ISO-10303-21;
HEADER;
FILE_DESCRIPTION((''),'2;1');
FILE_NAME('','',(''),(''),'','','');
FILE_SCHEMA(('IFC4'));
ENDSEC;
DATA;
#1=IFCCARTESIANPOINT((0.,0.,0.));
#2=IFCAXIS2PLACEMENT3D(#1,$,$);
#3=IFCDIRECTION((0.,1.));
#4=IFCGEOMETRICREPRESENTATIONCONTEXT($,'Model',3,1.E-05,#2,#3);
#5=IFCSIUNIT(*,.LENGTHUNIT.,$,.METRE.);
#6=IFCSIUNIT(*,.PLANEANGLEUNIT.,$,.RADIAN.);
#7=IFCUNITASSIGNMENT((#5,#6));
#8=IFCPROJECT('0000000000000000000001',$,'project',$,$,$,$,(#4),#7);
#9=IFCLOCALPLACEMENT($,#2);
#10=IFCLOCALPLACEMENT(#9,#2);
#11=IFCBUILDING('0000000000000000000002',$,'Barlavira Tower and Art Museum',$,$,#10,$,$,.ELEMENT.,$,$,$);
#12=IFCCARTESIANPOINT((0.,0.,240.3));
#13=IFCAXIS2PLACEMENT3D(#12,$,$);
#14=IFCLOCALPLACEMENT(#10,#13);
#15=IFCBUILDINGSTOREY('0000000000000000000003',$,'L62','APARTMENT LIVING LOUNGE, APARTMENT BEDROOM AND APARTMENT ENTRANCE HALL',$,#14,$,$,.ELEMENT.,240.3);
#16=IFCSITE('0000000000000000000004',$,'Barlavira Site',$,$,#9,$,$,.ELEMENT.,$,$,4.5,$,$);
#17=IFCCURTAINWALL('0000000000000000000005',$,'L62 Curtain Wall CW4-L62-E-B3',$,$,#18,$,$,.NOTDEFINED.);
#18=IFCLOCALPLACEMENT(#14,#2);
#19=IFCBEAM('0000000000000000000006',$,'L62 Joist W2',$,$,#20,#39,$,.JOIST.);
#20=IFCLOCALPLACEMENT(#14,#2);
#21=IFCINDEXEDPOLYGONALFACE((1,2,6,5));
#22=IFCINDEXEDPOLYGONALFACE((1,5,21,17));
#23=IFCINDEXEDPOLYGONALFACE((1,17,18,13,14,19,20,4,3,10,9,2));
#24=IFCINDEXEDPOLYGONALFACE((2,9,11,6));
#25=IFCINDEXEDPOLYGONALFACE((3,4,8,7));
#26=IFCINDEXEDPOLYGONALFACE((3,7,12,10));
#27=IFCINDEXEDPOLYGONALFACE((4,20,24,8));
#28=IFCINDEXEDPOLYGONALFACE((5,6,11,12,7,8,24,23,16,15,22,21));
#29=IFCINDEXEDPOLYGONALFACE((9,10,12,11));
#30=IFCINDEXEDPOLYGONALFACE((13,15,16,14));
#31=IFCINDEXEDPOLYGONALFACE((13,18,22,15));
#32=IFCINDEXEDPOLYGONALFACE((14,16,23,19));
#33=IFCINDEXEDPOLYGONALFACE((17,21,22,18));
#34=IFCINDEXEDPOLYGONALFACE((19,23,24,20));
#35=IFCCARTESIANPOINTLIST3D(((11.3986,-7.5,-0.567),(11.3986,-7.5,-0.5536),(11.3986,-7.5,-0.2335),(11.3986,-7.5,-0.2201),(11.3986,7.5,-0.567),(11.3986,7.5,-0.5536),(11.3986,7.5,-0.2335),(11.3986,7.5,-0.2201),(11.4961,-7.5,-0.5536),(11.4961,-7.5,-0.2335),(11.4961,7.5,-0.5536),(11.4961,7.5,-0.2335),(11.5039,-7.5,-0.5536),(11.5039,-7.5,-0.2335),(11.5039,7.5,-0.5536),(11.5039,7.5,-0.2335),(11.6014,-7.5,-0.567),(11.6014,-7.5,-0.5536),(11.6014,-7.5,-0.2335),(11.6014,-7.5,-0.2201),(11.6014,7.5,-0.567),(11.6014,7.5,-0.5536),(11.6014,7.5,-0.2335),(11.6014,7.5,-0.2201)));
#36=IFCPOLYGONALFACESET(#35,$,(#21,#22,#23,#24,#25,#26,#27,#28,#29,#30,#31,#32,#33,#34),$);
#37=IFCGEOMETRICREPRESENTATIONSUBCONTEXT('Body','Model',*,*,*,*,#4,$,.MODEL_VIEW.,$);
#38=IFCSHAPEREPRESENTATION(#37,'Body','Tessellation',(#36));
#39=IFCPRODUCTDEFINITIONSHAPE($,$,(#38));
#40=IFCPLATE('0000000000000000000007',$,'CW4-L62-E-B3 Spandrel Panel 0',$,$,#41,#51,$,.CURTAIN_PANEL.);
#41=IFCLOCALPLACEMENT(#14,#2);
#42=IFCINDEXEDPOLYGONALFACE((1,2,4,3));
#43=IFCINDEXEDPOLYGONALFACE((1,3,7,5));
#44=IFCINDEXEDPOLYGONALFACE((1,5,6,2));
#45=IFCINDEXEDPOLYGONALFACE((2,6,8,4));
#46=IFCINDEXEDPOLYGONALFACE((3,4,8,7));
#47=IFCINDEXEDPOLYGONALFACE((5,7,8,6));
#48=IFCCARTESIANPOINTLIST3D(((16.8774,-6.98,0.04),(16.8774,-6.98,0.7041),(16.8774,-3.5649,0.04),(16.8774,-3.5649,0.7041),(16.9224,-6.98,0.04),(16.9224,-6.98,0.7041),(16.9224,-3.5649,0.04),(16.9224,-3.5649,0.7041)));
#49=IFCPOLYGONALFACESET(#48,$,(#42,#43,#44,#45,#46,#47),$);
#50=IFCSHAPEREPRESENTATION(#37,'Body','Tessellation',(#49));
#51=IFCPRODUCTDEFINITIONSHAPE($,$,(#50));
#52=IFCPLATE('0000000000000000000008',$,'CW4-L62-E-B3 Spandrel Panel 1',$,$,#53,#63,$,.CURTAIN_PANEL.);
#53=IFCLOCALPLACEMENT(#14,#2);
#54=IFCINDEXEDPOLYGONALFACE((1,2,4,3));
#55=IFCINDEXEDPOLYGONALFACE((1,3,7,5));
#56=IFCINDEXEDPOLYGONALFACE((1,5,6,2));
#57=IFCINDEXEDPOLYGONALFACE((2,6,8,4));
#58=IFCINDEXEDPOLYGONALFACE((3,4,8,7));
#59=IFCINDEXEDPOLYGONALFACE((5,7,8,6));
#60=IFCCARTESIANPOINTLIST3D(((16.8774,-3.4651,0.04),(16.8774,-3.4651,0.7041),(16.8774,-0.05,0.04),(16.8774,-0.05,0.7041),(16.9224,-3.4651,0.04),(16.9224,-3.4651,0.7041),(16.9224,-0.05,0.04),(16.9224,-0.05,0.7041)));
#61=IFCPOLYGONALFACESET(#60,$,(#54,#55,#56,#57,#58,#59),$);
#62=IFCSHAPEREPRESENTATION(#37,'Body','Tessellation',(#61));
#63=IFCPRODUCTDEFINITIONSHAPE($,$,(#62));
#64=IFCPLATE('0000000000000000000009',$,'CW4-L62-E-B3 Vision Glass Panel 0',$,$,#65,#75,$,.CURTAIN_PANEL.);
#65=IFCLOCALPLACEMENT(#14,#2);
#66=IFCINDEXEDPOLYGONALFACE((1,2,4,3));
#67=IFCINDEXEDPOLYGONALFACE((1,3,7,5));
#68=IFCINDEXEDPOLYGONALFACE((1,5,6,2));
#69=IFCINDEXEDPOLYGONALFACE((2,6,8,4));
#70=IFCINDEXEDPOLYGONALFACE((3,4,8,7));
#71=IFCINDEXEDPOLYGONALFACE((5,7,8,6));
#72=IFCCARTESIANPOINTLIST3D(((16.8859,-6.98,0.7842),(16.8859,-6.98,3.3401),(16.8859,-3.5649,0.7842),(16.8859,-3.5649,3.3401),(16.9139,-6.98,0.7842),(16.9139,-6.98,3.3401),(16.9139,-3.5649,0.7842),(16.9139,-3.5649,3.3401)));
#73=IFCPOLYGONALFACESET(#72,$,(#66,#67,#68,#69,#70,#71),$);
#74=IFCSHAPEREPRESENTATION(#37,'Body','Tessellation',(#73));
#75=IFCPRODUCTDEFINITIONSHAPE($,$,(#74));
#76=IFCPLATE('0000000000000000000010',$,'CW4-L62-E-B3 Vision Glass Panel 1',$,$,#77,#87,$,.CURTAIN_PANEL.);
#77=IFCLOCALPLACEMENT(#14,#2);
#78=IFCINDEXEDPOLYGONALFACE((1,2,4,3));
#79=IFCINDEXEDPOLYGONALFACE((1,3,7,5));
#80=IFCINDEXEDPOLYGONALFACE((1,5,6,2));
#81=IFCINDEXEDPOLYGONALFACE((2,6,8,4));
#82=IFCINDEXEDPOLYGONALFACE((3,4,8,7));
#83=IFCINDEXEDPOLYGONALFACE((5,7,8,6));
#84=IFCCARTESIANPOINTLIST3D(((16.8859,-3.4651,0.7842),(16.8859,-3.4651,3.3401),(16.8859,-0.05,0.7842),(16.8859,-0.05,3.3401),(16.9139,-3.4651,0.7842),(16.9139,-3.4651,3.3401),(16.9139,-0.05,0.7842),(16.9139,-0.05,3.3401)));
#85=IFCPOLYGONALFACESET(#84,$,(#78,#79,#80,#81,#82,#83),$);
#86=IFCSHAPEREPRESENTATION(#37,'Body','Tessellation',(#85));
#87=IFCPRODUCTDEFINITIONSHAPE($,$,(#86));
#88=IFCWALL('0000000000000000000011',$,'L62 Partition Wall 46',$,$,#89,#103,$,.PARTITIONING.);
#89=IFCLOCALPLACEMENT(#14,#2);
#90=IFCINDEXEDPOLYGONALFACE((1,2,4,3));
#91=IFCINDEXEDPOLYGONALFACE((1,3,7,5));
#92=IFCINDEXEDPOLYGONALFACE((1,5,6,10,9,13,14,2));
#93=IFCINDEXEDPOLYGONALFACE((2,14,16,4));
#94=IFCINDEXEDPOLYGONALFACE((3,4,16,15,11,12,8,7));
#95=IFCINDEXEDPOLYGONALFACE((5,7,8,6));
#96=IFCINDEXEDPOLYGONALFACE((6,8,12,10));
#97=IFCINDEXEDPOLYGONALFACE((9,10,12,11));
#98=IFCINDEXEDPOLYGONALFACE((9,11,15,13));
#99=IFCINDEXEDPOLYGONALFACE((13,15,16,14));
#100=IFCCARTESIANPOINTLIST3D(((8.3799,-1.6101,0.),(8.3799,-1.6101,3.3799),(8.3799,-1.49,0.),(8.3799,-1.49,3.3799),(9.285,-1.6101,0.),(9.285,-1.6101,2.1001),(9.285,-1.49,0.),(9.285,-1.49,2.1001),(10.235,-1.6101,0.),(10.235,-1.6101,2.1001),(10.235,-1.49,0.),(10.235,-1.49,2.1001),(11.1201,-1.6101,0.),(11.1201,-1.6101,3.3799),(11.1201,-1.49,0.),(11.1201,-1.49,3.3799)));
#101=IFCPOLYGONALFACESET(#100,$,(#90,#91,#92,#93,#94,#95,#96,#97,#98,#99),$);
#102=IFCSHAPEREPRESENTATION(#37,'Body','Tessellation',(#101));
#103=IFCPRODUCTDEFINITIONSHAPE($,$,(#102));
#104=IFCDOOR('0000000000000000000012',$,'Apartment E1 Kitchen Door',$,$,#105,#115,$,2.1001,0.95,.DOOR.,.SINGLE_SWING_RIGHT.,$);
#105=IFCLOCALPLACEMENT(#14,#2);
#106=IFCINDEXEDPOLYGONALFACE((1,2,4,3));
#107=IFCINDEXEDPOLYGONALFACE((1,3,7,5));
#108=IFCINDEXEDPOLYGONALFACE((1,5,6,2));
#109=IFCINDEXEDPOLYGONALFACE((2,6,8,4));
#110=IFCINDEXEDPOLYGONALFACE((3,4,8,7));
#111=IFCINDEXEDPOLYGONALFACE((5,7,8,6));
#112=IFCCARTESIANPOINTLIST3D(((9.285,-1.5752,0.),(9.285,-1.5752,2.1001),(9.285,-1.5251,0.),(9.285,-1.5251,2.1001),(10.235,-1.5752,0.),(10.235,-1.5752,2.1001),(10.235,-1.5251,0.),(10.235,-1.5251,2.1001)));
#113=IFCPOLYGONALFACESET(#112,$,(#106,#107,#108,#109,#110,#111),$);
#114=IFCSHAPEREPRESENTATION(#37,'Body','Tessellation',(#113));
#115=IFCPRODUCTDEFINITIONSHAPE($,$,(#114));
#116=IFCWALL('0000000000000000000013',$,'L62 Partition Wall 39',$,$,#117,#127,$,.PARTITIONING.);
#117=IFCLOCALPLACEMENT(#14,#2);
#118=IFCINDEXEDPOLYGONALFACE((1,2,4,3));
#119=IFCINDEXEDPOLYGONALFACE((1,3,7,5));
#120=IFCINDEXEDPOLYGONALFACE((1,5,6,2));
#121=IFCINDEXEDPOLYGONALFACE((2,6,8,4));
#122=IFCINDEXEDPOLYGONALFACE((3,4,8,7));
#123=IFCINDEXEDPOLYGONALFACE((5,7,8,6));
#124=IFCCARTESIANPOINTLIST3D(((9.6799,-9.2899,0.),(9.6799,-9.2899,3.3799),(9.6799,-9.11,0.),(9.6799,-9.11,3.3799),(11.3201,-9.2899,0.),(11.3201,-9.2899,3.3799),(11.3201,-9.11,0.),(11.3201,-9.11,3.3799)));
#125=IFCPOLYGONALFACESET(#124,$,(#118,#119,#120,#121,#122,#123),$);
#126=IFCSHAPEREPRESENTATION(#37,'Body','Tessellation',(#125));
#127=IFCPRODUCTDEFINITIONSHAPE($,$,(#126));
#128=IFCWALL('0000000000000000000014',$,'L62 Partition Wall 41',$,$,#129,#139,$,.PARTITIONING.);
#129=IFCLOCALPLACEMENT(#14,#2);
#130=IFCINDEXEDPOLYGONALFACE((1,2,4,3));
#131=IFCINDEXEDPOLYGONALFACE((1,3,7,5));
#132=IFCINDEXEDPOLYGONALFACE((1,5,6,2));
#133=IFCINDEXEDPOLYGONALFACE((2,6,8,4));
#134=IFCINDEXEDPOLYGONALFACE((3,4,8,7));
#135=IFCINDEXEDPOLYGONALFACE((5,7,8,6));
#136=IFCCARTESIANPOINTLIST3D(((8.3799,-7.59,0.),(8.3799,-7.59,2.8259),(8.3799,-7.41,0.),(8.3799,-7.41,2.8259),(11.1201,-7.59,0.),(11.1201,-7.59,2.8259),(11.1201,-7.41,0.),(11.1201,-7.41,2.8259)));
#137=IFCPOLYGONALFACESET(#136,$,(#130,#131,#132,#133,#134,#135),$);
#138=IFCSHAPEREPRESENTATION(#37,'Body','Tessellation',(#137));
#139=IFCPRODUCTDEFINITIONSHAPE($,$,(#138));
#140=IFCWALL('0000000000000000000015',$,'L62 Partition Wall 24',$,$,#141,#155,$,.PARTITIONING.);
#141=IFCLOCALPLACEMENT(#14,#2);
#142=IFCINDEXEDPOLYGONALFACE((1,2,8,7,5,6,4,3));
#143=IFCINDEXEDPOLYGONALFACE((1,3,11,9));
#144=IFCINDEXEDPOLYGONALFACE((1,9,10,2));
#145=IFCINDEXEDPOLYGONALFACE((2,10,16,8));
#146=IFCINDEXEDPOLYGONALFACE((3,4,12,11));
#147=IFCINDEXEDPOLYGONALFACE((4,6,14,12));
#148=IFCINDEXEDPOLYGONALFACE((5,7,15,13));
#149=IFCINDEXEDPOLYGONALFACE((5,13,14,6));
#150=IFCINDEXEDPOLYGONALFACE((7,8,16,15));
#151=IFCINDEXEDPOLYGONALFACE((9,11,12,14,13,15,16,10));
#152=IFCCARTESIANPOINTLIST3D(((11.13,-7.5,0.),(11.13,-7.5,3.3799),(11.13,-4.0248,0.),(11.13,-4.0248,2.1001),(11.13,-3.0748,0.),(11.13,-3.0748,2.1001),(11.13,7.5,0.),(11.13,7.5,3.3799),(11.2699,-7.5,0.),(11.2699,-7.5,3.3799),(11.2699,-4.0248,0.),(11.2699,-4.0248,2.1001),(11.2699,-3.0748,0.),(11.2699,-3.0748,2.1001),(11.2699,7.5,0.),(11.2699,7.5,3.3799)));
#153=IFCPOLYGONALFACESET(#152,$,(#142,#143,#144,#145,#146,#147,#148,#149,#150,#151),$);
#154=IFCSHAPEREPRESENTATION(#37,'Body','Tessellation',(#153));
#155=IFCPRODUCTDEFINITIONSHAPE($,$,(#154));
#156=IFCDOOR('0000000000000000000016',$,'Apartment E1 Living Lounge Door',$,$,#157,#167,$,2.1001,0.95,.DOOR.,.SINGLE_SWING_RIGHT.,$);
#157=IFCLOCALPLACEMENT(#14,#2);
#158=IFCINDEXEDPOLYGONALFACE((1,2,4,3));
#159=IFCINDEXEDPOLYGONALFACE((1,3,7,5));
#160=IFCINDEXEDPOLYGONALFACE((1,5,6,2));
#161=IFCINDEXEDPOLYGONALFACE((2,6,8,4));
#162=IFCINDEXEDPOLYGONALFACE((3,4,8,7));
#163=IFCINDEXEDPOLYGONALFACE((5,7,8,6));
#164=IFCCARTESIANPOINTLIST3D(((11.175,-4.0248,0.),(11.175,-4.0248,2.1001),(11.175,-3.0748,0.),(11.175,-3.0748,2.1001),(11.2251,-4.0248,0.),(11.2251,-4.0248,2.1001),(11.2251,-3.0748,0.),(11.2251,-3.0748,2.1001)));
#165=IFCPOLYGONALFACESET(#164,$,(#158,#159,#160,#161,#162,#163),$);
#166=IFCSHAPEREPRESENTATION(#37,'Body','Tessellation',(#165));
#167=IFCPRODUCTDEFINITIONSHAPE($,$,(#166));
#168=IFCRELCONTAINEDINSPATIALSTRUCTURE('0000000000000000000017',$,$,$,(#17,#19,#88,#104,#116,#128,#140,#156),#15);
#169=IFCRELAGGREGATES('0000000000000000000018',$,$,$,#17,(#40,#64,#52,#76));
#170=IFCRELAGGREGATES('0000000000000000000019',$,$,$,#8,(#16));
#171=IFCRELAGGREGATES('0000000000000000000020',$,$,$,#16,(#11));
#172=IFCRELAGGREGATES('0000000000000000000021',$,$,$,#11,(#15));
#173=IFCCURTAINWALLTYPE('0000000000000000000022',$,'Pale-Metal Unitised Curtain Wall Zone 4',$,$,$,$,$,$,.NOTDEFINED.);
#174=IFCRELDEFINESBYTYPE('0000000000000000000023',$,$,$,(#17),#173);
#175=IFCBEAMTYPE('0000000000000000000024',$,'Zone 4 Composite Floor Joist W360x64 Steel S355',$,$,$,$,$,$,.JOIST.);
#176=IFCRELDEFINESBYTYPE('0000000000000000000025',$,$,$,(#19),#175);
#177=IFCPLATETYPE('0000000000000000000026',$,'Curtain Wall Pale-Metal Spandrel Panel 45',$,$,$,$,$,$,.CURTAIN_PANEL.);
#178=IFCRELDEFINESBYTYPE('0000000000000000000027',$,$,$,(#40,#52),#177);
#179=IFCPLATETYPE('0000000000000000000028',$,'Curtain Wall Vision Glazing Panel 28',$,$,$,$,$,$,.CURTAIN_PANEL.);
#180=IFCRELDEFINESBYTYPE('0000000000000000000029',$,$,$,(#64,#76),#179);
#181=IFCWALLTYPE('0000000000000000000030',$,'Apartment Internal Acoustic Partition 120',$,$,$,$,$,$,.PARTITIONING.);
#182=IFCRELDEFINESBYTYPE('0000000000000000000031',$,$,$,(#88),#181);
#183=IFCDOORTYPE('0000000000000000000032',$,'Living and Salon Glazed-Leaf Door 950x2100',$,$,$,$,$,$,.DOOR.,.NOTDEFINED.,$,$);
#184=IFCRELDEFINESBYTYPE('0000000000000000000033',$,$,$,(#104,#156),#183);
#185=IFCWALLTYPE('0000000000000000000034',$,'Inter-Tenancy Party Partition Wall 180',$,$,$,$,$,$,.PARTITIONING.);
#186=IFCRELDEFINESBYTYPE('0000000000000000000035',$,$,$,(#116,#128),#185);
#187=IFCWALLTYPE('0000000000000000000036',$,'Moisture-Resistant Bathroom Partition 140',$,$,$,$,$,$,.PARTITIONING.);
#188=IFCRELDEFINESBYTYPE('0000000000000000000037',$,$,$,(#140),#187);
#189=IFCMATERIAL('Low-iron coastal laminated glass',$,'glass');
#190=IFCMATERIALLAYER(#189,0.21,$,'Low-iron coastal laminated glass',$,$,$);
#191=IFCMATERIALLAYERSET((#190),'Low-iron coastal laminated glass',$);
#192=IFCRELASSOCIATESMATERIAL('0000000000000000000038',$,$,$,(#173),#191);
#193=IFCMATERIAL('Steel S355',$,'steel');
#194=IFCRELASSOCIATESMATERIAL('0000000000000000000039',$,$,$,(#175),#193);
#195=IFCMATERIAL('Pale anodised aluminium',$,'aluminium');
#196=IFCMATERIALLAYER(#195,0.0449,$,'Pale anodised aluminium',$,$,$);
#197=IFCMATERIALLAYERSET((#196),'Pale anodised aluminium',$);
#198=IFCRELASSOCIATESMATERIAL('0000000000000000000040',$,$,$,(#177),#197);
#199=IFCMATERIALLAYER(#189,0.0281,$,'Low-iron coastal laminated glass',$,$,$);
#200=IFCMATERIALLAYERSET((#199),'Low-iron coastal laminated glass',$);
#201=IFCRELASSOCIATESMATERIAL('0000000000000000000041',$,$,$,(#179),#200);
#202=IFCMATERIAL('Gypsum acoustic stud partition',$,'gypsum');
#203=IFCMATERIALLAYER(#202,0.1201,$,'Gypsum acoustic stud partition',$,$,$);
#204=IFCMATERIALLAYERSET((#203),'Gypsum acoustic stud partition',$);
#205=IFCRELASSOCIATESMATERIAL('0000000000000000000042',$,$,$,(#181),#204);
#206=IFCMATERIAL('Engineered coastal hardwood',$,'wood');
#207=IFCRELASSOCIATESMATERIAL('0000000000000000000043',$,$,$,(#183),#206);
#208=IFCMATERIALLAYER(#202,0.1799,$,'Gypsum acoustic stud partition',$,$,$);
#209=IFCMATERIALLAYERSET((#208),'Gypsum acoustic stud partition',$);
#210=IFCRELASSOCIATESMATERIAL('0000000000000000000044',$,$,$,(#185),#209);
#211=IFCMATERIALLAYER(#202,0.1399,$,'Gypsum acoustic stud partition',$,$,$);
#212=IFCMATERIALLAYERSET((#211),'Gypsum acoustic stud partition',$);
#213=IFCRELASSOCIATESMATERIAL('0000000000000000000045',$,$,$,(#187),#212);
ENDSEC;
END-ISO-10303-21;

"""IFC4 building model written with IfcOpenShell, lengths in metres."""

from ifc_helpers import new_model, si_unit, direction, frame, frame_2d, origin, origin_2d, place, context, subcontext, project, spatial, rectangle, i_section, extrude, material, layer, layer_set, material_profile, profile_set, type_object, element, fill, aggregate, save


model = new_model("IFC4")

# Units and contexts
model_context = context("Model", 3, precision=1e-05, world=origin(), true_north=direction((0.0, 1.0)))
body_context = subcontext(model_context, "Body", "Model", "MODEL_VIEW")
ifc_project = project(units=[si_unit("LENGTHUNIT", "METRE"), si_unit("PLANEANGLEUNIT", "RADIAN")], contexts=[model_context])

# Site, building, storey
site_placement = place(None, origin())
site = spatial("IfcSite", under=ifc_project, at=site_placement, Name="Barlavira Site", CompositionType="ELEMENT", RefElevation=4.5)
building_placement = place(site_placement, origin())
building = spatial("IfcBuilding", under=site, at=building_placement, Name="Barlavira Tower and Art Museum", CompositionType="ELEMENT")
storey_placement = place(building_placement, frame((0.0, 0.0, 240.3)))
storey = spatial("IfcBuildingStorey", under=building, at=storey_placement, Name="L62", Description="APARTMENT LIVING LOUNGE, APARTMENT BEDROOM AND APARTMENT ENTRANCE HALL", CompositionType="ELEMENT", Elevation=240.3)

# Curtain wall
ifc_material_1 = material(Name="Low-iron coastal laminated glass", Category="glass")
ifc_layer_1 = layer(ifc_material_1, 0.21, Name="Low-iron coastal laminated glass")
ifc_layer_set_1 = layer_set([ifc_layer_1], Name="Low-iron coastal laminated glass")
curtain_wall_type = type_object("IfcCurtainWallType", Name="Pale-Metal Unitised Curtain Wall Zone 4", PredefinedType="NOTDEFINED", material=ifc_layer_set_1)
curtain_wall_placement = place(storey_placement, origin())
curtain_wall = element("IfcCurtainWall", 1, at=curtain_wall_placement, inside=storey, type_object=curtain_wall_type, Name="L62 Curtain Wall CW4-L62-E-B3", PredefinedType="NOTDEFINED")
ifc_material_2 = material(Name="Pale anodised aluminium", Category="aluminium")

# Beam
ifc_material_3 = material(Name="Steel S355", Category="steel")
ifc_material_profile_1 = material_profile(ifc_material_3, i_section(OverallWidth=0.2029, OverallDepth=0.3469, WebThickness=0.0078, FlangeThickness=0.0134, at=origin_2d()), Name="W360x64.0")
ifc_profile_set_1 = profile_set([ifc_material_profile_1], Name="Steel S355")
beam_type_1 = type_object("IfcBeamType", Name="Zone 4 Composite Floor Joist W360x64 Steel S355", PredefinedType="JOIST", material=ifc_profile_set_1)
beam_1_placement = place(storey_placement, frame((11.5, -7.5, -0.3936), z_axis=(0.0, 1.0, 0.0), x_axis=(-1.0, 0.0, 0.0)))
element("IfcBeam", 2, at=beam_1_placement, inside=storey, type_object=beam_type_1, Name="L62 Joist W2", PredefinedType="JOIST", context=body_context, shape_type="SweptSolid", body=[
    extrude(i_section(OverallWidth=0.2029, OverallDepth=0.3469, WebThickness=0.0078, FlangeThickness=0.0134, at=origin_2d()), origin(), (0.0, 0.0, 1.0), 15.0),
])

# Plates
ifc_layer_2 = layer(ifc_material_2, 0.0449, Name="Pale anodised aluminium")
ifc_layer_set_2 = layer_set([ifc_layer_2], Name="Pale anodised aluminium")
plate_type_1 = type_object("IfcPlateType", Name="Curtain Wall Pale-Metal Spandrel Panel 45", PredefinedType="CURTAIN_PANEL", material=ifc_layer_set_2)
plate_1_placement = place(storey_placement, frame((16.8999, -5.2725, 0.04), z_axis=(0.0, 0.0, 1.0), x_axis=(0.0, 1.0, 0.0)))
plate_1 = element("IfcPlate", 3, at=plate_1_placement, type_object=plate_type_1, Name="CW4-L62-E-B3 Spandrel Panel 0", PredefinedType="CURTAIN_PANEL", context=body_context, shape_type="SweptSolid", body=[
    extrude(rectangle(XDim=3.415, YDim=0.0449, at=origin_2d()), origin(), (0.0, 0.0, 1.0), 0.6641),
])
plate_2_placement = place(storey_placement, frame((16.8999, -1.7576, 0.04), z_axis=(0.0, 0.0, 1.0), x_axis=(0.0, 1.0, 0.0)))
plate_2 = element("IfcPlate", 4, at=plate_2_placement, type_object=plate_type_1, Name="CW4-L62-E-B3 Spandrel Panel 1", PredefinedType="CURTAIN_PANEL", context=body_context, shape_type="SweptSolid", body=[
    extrude(rectangle(XDim=3.415, YDim=0.0449, at=origin_2d()), origin(), (0.0, 0.0, 1.0), 0.6641),
])
ifc_layer_3 = layer(ifc_material_1, 0.0281, Name="Low-iron coastal laminated glass")
ifc_layer_set_3 = layer_set([ifc_layer_3], Name="Low-iron coastal laminated glass")
plate_type_2 = type_object("IfcPlateType", Name="Curtain Wall Vision Glazing Panel 28", PredefinedType="CURTAIN_PANEL", material=ifc_layer_set_3)
plate_3_placement = place(storey_placement, frame((16.8999, -5.2725, 0.7842), z_axis=(0.0, 0.0, 1.0), x_axis=(0.0, 1.0, 0.0)))
plate_3 = element("IfcPlate", 5, at=plate_3_placement, type_object=plate_type_2, Name="CW4-L62-E-B3 Vision Glass Panel 0", PredefinedType="CURTAIN_PANEL", context=body_context, shape_type="SweptSolid", body=[
    extrude(rectangle(XDim=3.415, YDim=0.0281, at=origin_2d()), origin(), (0.0, 0.0, 1.0), 2.5559),
])
plate_4_placement = place(storey_placement, frame((16.8999, -1.7576, 0.7842), z_axis=(0.0, 0.0, 1.0), x_axis=(0.0, 1.0, 0.0)))
plate_4 = element("IfcPlate", 6, at=plate_4_placement, type_object=plate_type_2, Name="CW4-L62-E-B3 Vision Glass Panel 1", PredefinedType="CURTAIN_PANEL", context=body_context, shape_type="SweptSolid", body=[
    extrude(rectangle(XDim=3.415, YDim=0.0281, at=origin_2d()), origin(), (0.0, 0.0, 1.0), 2.5559),
])
aggregate(curtain_wall, [plate_1, plate_3, plate_2, plate_4])

# Wall, opening, door
ifc_material_4 = material(Name="Gypsum acoustic stud partition", Category="gypsum")
ifc_layer_4 = layer(ifc_material_4, 0.1201, Name="Gypsum acoustic stud partition")
ifc_layer_set_4 = layer_set([ifc_layer_4], Name="Gypsum acoustic stud partition")
wall_type_1 = type_object("IfcWallType", Name="Apartment Internal Acoustic Partition 120", PredefinedType="PARTITIONING", material=ifc_layer_set_4)
wall_1_placement = place(storey_placement, frame((8.3799, -1.55, 0.0), z_axis=(0.0, 0.0, 1.0), x_axis=(1.0, 0.0, 0.0)))
wall_1 = element("IfcWall", 7, at=wall_1_placement, inside=storey, type_object=wall_type_1, Name="L62 Partition Wall 46", PredefinedType="PARTITIONING", context=body_context, shape_type="SweptSolid", body=[
    extrude(rectangle(XDim=2.7402, YDim=0.1201, at=frame_2d((1.3701, 0.0))), origin(), (0.0, 0.0, 1.0), 3.3799),
])
opening_1_placement = place(wall_1_placement, frame((0.905, 0.0, 0.0)))
opening_1 = element("IfcOpeningElement", 8, at=opening_1_placement, cuts=wall_1, PredefinedType="OPENING", context=body_context, shape_type="SweptSolid", body=[
    extrude(rectangle(XDim=0.95, YDim=2.1001, at=frame_2d((0.4751, 1.05))), frame((0.0, 0.0701, 0.0), z_axis=(0.0, -1.0, 0.0), x_axis=(1.0, 0.0, 0.0)), (0.0, 0.0, 1.0), 0.1401),
])
ifc_material_5 = material(Name="Engineered coastal hardwood", Category="wood")
door_type_1 = type_object("IfcDoorType", Name="Living and Salon Glazed-Leaf Door 950x2100", OperationType="NOTDEFINED", PredefinedType="DOOR", material=ifc_material_5)
door_1_placement = place(opening_1_placement, origin())
door_1 = element("IfcDoor", 9, at=door_1_placement, inside=storey, type_object=door_type_1, Name="Apartment E1 Kitchen Door", OperationType="SINGLE_SWING_RIGHT", OverallHeight=2.1001, OverallWidth=0.95, PredefinedType="DOOR", context=body_context, shape_type="SweptSolid", body=[
    extrude(rectangle(XDim=0.95, YDim=2.1001, at=frame_2d((0.4751, 1.05))), frame((0.0, 0.0249, 0.0), z_axis=(0.0, -1.0, 0.0), x_axis=(1.0, 0.0, 0.0)), (0.0, 0.0, 1.0), 0.05),
])
fill(opening_1, door_1)

# Walls
ifc_layer_5 = layer(ifc_material_4, 0.1799, Name="Gypsum acoustic stud partition")
ifc_layer_set_5 = layer_set([ifc_layer_5], Name="Gypsum acoustic stud partition")
wall_type_2 = type_object("IfcWallType", Name="Inter-Tenancy Party Partition Wall 180", PredefinedType="PARTITIONING", material=ifc_layer_set_5)
wall_2_placement = place(storey_placement, frame((9.6799, -9.2, 0.0), z_axis=(0.0, 0.0, 1.0), x_axis=(1.0, 0.0, 0.0)))
element("IfcWall", 10, at=wall_2_placement, inside=storey, type_object=wall_type_2, Name="L62 Partition Wall 39", PredefinedType="PARTITIONING", context=body_context, shape_type="SweptSolid", body=[
    extrude(rectangle(XDim=1.6401, YDim=0.1799, at=frame_2d((0.8201, 0.0))), origin(), (0.0, 0.0, 1.0), 3.3799),
])
wall_3_placement = place(storey_placement, frame((8.3799, -7.5, 0.0), z_axis=(0.0, 0.0, 1.0), x_axis=(1.0, 0.0, 0.0)))
element("IfcWall", 11, at=wall_3_placement, inside=storey, type_object=wall_type_2, Name="L62 Partition Wall 41", PredefinedType="PARTITIONING", context=body_context, shape_type="SweptSolid", body=[
    extrude(rectangle(XDim=2.7402, YDim=0.1799, at=frame_2d((1.3701, 0.0))), origin(), (0.0, 0.0, 1.0), 2.8259),
])

# Wall, opening, door
ifc_layer_6 = layer(ifc_material_4, 0.1399, Name="Gypsum acoustic stud partition")
ifc_layer_set_6 = layer_set([ifc_layer_6], Name="Gypsum acoustic stud partition")
wall_type_3 = type_object("IfcWallType", Name="Moisture-Resistant Bathroom Partition 140", PredefinedType="PARTITIONING", material=ifc_layer_set_6)
wall_4_placement = place(storey_placement, frame((11.2, -7.5, 0.0), z_axis=(0.0, 0.0, 1.0), x_axis=(0.0, 1.0, 0.0)))
wall_4 = element("IfcWall", 12, at=wall_4_placement, inside=storey, type_object=wall_type_3, Name="L62 Partition Wall 24", PredefinedType="PARTITIONING", context=body_context, shape_type="SweptSolid", body=[
    extrude(rectangle(XDim=15.0, YDim=0.1399, at=frame_2d((7.5, 0.0))), origin(), (0.0, 0.0, 1.0), 3.3799),
])
opening_2_placement = place(wall_4_placement, frame((3.4751, 0.0, 0.0)))
opening_2 = element("IfcOpeningElement", 13, at=opening_2_placement, cuts=wall_4, PredefinedType="OPENING", context=body_context, shape_type="SweptSolid", body=[
    extrude(rectangle(XDim=0.95, YDim=2.1001, at=frame_2d((0.4751, 1.05))), frame((0.0, 0.0801, 0.0), z_axis=(0.0, -1.0, 0.0), x_axis=(1.0, 0.0, 0.0)), (0.0, 0.0, 1.0), 0.1599),
])
door_2_placement = place(opening_2_placement, origin())
door_2 = element("IfcDoor", 14, at=door_2_placement, inside=storey, type_object=door_type_1, Name="Apartment E1 Living Lounge Door", OperationType="SINGLE_SWING_RIGHT", OverallHeight=2.1001, OverallWidth=0.95, PredefinedType="DOOR", context=body_context, shape_type="SweptSolid", body=[
    extrude(rectangle(XDim=0.95, YDim=2.1001, at=frame_2d((0.4751, 1.05))), frame((0.0, 0.0249, 0.0), z_axis=(0.0, -1.0, 0.0), x_axis=(1.0, 0.0, 0.0)), (0.0, 0.0, 1.0), 0.05),
])
fill(opening_2, door_2)

save(model, "model.ifc")
